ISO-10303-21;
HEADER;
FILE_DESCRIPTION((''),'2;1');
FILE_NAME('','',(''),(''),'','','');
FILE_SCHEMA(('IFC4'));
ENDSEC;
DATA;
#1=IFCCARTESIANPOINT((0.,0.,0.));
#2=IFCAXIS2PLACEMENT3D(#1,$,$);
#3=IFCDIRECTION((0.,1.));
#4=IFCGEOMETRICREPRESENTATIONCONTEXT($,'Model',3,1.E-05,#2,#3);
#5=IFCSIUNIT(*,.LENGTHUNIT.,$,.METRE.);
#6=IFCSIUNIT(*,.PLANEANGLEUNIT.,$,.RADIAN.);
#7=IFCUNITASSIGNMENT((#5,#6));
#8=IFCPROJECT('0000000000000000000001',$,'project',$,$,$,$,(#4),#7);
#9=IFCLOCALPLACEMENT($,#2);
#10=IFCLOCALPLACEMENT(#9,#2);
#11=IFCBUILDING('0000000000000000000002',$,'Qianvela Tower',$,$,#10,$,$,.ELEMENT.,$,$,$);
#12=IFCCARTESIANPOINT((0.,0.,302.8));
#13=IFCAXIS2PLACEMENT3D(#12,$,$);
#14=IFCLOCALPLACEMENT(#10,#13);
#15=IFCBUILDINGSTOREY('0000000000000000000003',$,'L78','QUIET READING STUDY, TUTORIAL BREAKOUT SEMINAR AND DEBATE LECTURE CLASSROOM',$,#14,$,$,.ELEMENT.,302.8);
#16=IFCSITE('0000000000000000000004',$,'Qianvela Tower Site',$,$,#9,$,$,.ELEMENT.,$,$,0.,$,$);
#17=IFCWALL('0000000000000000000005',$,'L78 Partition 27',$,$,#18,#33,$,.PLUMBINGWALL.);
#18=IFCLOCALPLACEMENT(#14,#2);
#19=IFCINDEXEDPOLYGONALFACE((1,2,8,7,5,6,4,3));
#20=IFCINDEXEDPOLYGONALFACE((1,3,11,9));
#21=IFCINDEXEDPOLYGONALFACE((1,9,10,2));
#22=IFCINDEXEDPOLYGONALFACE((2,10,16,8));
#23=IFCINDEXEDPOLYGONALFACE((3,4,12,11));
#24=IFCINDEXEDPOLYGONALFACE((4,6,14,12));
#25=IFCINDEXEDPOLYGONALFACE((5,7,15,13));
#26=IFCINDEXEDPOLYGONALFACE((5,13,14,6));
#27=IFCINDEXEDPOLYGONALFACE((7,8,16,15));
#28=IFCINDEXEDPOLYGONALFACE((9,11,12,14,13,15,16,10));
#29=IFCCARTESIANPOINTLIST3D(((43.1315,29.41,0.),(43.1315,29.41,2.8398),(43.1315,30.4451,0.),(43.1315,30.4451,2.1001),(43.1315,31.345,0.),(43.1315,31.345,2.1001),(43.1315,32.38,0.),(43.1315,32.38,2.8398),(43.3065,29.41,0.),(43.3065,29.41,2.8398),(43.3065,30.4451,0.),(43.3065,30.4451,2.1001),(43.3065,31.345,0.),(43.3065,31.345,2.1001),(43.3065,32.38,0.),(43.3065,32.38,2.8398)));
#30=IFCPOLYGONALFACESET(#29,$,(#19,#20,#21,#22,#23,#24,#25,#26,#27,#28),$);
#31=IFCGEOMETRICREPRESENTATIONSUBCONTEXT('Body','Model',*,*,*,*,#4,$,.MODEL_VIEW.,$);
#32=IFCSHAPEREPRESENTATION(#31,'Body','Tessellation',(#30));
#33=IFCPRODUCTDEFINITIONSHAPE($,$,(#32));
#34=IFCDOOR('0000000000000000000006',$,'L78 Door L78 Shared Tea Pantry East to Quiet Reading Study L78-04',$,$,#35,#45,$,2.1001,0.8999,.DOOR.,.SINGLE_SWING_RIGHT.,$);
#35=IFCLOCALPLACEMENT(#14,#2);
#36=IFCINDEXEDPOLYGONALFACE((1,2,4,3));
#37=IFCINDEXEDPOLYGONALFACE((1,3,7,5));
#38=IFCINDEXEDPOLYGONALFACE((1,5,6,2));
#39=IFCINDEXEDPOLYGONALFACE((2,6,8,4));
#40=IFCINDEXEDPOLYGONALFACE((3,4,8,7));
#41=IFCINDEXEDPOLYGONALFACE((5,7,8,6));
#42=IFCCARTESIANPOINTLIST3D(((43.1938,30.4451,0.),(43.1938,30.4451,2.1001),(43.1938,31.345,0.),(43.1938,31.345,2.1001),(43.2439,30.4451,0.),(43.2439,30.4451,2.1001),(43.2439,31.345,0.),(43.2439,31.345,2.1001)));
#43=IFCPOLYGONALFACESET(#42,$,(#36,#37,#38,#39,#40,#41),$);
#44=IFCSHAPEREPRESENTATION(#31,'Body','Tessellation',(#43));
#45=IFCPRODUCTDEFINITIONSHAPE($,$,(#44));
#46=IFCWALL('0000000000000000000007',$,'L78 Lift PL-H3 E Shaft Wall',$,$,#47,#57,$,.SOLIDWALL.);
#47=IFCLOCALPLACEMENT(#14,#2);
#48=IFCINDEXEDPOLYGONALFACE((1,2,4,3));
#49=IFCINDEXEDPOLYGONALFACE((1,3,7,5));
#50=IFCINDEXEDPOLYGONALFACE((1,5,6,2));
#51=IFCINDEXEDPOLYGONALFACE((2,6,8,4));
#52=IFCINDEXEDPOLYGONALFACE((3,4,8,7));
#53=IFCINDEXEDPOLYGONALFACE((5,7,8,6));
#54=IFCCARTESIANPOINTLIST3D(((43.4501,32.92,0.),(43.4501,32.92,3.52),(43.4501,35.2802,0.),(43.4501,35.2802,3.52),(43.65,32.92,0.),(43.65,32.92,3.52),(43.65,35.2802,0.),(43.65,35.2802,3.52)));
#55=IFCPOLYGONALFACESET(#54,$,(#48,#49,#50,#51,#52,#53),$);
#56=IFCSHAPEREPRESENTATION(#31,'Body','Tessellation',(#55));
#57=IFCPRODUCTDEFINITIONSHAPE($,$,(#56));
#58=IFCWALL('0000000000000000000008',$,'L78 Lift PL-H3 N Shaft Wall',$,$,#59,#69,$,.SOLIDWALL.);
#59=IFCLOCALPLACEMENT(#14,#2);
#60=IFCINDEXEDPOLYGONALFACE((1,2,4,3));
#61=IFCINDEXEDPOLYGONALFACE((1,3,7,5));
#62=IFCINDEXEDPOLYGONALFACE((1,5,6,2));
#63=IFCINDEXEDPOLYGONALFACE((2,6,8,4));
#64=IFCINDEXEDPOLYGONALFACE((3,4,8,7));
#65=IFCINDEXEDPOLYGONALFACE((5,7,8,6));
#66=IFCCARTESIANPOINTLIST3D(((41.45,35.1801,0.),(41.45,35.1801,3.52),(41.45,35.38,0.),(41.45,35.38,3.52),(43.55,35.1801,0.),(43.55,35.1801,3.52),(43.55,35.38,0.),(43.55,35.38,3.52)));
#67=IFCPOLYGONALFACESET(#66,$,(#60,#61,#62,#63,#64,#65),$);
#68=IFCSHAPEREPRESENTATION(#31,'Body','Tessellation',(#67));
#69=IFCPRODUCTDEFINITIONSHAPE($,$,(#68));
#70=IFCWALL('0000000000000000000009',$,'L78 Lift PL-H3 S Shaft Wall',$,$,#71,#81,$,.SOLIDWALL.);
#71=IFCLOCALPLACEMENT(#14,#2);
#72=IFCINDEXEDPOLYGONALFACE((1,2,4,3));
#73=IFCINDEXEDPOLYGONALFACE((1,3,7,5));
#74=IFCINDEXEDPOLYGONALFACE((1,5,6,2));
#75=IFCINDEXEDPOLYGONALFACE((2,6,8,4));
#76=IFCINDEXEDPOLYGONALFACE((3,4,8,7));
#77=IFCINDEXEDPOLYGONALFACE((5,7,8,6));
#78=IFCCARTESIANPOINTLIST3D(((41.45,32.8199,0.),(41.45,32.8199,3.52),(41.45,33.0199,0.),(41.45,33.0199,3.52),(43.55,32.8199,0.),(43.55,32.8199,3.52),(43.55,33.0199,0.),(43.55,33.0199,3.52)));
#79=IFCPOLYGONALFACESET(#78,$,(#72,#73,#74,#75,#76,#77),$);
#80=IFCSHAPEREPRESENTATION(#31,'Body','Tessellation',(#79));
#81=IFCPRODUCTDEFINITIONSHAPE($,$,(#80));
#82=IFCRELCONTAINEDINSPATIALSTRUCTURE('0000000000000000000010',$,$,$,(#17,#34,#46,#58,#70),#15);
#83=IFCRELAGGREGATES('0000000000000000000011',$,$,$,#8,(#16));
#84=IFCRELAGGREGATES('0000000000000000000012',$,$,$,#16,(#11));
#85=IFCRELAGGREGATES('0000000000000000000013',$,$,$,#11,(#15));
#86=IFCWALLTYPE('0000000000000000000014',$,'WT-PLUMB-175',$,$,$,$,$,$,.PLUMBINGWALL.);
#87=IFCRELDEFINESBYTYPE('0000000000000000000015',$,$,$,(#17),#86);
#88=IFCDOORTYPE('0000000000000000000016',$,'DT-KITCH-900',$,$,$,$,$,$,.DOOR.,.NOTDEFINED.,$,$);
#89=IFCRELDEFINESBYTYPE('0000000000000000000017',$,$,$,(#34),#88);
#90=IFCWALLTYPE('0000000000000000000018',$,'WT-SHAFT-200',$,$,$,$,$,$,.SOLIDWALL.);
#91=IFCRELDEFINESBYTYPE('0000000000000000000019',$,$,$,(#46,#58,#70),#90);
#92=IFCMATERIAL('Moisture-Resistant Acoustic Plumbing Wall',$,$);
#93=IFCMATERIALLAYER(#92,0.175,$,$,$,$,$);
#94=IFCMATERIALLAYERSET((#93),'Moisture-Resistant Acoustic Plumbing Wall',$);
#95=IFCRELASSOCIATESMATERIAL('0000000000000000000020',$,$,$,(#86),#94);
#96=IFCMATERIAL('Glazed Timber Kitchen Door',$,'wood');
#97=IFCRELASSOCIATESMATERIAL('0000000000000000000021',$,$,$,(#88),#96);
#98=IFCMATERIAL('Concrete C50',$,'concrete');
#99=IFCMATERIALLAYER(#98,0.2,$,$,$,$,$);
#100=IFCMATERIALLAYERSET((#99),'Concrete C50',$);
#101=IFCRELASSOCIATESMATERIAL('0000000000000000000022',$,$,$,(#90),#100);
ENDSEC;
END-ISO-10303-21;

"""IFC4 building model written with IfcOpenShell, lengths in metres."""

from ifc_helpers import new_model, si_unit, direction, frame, frame_2d, origin, place, context, subcontext, project, spatial, rectangle, extrude, material, layer, layer_set, type_object, element, fill, save


model = new_model("IFC4")

# Units and contexts
model_context = context("Model", 3, precision=1e-05, world=origin(), true_north=direction((0.0, 1.0)))
body_context = subcontext(model_context, "Body", "Model", "MODEL_VIEW")
ifc_project = project(units=[si_unit("LENGTHUNIT", "METRE"), si_unit("PLANEANGLEUNIT", "RADIAN")], contexts=[model_context])

# Site, building, storey
site_placement = place(None, origin())
site = spatial("IfcSite", under=ifc_project, at=site_placement, Name="Qianvela Tower Site", CompositionType="ELEMENT", RefElevation=0.0)
building_placement = place(site_placement, origin())
building = spatial("IfcBuilding", under=site, at=building_placement, Name="Qianvela Tower", CompositionType="ELEMENT")
storey_placement = place(building_placement, frame((0.0, 0.0, 302.8)))
storey = spatial("IfcBuildingStorey", under=building, at=storey_placement, Name="L78", Description="QUIET READING STUDY, TUTORIAL BREAKOUT SEMINAR AND DEBATE LECTURE CLASSROOM", CompositionType="ELEMENT", Elevation=302.8)

# Shared definitions
ifc_material_1 = material(Name="Moisture-Resistant Acoustic Plumbing Wall")
ifc_layer_1 = layer(ifc_material_1, 0.175)
ifc_layer_set_1 = layer_set([ifc_layer_1], Name="Moisture-Resistant Acoustic Plumbing Wall")
wall_type_1 = type_object("IfcWallType", Name="WT-PLUMB-175", PredefinedType="PLUMBINGWALL", material=ifc_layer_set_1)

# Wall, opening, door
wall_1_placement = place(storey_placement, frame((43.219, 32.3799, 0.0), z_axis=(0.0, 0.0, 1.0), x_axis=(0.0, -1.0, 0.0)))
wall_1 = element("IfcWall", 1, at=wall_1_placement, inside=storey, type_object=wall_type_1, Name="L78 Partition 27", PredefinedType="PLUMBINGWALL", context=body_context, shape_type="SweptSolid", body=[
    extrude(rectangle(XDim=2.97, YDim=0.175, at=frame_2d((1.4849, 0.0))), origin(), (0.0, 0.0, 1.0), 2.8398),
])
opening_1_placement = place(wall_1_placement, frame((1.0349, 0.0, 0.0)))
opening_1 = element("IfcOpeningElement", 2, at=opening_1_placement, cuts=wall_1, PredefinedType="OPENING", context=body_context, shape_type="SweptSolid", body=[
    extrude(rectangle(XDim=0.8999, YDim=2.1001, at=frame_2d((0.45, 1.05))), frame((0.0, 0.0974, 0.0), z_axis=(0.0, -1.0, 0.0), x_axis=(1.0, 0.0, 0.0)), (0.0, 0.0, 1.0), 0.1951),
])
ifc_material_2 = material(Name="Glazed Timber Kitchen Door", Category="wood")
door_type_1 = type_object("IfcDoorType", Name="DT-KITCH-900", OperationType="NOTDEFINED", PredefinedType="DOOR", material=ifc_material_2)
door_1_placement = place(opening_1_placement, origin())
door_1 = element("IfcDoor", 3, at=door_1_placement, inside=storey, type_object=door_type_1, Name="L78 Door L78 Shared Tea Pantry East to Quiet Reading Study L78-04", OperationType="SINGLE_SWING_RIGHT", OverallHeight=2.1001, OverallWidth=0.8999, PredefinedType="DOOR", context=body_context, shape_type="SweptSolid", body=[
    extrude(rectangle(XDim=0.8999, YDim=2.1001, at=frame_2d((0.45, 1.05))), frame((0.0, 0.0249, 0.0), z_axis=(0.0, -1.0, 0.0), x_axis=(1.0, 0.0, 0.0)), (0.0, 0.0, 1.0), 0.05),
])
fill(opening_1, door_1)

# Wall
ifc_material_3 = material(Name="Concrete C50", Category="concrete")
ifc_layer_2 = layer(ifc_material_3, 0.2)
ifc_layer_set_2 = layer_set([ifc_layer_2], Name="Concrete C50")
wall_type_2 = type_object("IfcWallType", Name="WT-SHAFT-200", PredefinedType="SOLIDWALL", material=ifc_layer_set_2)
wall_2_placement = place(storey_placement, frame((43.55, 32.9199, 0.0), z_axis=(0.0, 0.0, 1.0), x_axis=(0.0, 1.0, 0.0)))
element("IfcWall", 4, at=wall_2_placement, inside=storey, type_object=wall_type_2, Name="L78 Lift PL-H3 E Shaft Wall", PredefinedType="SOLIDWALL", context=body_context, shape_type="SweptSolid", body=[
    extrude(rectangle(XDim=2.3601, YDim=0.2, at=frame_2d((1.1802, 0.0))), origin(), (0.0, 0.0, 1.0), 3.52),
])

# Walls
for number, where, z_axis, x_axis, name in (
    (5, (41.45, 35.28, 0.0), (0.0, 0.0, 1.0), (1.0, 0.0, 0.0), "L78 Lift PL-H3 N Shaft Wall"),
    (6, (41.45, 32.9199, 0.0), (0.0, 0.0, 1.0), (1.0, 0.0, 0.0), "L78 Lift PL-H3 S Shaft Wall"),
):
    element("IfcWall", number, at=place(storey_placement, frame(where, z_axis=z_axis, x_axis=x_axis)), inside=storey, type_object=wall_type_2, Name=name, PredefinedType="SOLIDWALL", context=body_context, shape_type="SweptSolid", body=[
        extrude(rectangle(XDim=2.1001, YDim=0.2, at=frame_2d((1.05, 0.0))), origin(), (0.0, 0.0, 1.0), 3.52),
    ])

save(model, "model.ifc")
